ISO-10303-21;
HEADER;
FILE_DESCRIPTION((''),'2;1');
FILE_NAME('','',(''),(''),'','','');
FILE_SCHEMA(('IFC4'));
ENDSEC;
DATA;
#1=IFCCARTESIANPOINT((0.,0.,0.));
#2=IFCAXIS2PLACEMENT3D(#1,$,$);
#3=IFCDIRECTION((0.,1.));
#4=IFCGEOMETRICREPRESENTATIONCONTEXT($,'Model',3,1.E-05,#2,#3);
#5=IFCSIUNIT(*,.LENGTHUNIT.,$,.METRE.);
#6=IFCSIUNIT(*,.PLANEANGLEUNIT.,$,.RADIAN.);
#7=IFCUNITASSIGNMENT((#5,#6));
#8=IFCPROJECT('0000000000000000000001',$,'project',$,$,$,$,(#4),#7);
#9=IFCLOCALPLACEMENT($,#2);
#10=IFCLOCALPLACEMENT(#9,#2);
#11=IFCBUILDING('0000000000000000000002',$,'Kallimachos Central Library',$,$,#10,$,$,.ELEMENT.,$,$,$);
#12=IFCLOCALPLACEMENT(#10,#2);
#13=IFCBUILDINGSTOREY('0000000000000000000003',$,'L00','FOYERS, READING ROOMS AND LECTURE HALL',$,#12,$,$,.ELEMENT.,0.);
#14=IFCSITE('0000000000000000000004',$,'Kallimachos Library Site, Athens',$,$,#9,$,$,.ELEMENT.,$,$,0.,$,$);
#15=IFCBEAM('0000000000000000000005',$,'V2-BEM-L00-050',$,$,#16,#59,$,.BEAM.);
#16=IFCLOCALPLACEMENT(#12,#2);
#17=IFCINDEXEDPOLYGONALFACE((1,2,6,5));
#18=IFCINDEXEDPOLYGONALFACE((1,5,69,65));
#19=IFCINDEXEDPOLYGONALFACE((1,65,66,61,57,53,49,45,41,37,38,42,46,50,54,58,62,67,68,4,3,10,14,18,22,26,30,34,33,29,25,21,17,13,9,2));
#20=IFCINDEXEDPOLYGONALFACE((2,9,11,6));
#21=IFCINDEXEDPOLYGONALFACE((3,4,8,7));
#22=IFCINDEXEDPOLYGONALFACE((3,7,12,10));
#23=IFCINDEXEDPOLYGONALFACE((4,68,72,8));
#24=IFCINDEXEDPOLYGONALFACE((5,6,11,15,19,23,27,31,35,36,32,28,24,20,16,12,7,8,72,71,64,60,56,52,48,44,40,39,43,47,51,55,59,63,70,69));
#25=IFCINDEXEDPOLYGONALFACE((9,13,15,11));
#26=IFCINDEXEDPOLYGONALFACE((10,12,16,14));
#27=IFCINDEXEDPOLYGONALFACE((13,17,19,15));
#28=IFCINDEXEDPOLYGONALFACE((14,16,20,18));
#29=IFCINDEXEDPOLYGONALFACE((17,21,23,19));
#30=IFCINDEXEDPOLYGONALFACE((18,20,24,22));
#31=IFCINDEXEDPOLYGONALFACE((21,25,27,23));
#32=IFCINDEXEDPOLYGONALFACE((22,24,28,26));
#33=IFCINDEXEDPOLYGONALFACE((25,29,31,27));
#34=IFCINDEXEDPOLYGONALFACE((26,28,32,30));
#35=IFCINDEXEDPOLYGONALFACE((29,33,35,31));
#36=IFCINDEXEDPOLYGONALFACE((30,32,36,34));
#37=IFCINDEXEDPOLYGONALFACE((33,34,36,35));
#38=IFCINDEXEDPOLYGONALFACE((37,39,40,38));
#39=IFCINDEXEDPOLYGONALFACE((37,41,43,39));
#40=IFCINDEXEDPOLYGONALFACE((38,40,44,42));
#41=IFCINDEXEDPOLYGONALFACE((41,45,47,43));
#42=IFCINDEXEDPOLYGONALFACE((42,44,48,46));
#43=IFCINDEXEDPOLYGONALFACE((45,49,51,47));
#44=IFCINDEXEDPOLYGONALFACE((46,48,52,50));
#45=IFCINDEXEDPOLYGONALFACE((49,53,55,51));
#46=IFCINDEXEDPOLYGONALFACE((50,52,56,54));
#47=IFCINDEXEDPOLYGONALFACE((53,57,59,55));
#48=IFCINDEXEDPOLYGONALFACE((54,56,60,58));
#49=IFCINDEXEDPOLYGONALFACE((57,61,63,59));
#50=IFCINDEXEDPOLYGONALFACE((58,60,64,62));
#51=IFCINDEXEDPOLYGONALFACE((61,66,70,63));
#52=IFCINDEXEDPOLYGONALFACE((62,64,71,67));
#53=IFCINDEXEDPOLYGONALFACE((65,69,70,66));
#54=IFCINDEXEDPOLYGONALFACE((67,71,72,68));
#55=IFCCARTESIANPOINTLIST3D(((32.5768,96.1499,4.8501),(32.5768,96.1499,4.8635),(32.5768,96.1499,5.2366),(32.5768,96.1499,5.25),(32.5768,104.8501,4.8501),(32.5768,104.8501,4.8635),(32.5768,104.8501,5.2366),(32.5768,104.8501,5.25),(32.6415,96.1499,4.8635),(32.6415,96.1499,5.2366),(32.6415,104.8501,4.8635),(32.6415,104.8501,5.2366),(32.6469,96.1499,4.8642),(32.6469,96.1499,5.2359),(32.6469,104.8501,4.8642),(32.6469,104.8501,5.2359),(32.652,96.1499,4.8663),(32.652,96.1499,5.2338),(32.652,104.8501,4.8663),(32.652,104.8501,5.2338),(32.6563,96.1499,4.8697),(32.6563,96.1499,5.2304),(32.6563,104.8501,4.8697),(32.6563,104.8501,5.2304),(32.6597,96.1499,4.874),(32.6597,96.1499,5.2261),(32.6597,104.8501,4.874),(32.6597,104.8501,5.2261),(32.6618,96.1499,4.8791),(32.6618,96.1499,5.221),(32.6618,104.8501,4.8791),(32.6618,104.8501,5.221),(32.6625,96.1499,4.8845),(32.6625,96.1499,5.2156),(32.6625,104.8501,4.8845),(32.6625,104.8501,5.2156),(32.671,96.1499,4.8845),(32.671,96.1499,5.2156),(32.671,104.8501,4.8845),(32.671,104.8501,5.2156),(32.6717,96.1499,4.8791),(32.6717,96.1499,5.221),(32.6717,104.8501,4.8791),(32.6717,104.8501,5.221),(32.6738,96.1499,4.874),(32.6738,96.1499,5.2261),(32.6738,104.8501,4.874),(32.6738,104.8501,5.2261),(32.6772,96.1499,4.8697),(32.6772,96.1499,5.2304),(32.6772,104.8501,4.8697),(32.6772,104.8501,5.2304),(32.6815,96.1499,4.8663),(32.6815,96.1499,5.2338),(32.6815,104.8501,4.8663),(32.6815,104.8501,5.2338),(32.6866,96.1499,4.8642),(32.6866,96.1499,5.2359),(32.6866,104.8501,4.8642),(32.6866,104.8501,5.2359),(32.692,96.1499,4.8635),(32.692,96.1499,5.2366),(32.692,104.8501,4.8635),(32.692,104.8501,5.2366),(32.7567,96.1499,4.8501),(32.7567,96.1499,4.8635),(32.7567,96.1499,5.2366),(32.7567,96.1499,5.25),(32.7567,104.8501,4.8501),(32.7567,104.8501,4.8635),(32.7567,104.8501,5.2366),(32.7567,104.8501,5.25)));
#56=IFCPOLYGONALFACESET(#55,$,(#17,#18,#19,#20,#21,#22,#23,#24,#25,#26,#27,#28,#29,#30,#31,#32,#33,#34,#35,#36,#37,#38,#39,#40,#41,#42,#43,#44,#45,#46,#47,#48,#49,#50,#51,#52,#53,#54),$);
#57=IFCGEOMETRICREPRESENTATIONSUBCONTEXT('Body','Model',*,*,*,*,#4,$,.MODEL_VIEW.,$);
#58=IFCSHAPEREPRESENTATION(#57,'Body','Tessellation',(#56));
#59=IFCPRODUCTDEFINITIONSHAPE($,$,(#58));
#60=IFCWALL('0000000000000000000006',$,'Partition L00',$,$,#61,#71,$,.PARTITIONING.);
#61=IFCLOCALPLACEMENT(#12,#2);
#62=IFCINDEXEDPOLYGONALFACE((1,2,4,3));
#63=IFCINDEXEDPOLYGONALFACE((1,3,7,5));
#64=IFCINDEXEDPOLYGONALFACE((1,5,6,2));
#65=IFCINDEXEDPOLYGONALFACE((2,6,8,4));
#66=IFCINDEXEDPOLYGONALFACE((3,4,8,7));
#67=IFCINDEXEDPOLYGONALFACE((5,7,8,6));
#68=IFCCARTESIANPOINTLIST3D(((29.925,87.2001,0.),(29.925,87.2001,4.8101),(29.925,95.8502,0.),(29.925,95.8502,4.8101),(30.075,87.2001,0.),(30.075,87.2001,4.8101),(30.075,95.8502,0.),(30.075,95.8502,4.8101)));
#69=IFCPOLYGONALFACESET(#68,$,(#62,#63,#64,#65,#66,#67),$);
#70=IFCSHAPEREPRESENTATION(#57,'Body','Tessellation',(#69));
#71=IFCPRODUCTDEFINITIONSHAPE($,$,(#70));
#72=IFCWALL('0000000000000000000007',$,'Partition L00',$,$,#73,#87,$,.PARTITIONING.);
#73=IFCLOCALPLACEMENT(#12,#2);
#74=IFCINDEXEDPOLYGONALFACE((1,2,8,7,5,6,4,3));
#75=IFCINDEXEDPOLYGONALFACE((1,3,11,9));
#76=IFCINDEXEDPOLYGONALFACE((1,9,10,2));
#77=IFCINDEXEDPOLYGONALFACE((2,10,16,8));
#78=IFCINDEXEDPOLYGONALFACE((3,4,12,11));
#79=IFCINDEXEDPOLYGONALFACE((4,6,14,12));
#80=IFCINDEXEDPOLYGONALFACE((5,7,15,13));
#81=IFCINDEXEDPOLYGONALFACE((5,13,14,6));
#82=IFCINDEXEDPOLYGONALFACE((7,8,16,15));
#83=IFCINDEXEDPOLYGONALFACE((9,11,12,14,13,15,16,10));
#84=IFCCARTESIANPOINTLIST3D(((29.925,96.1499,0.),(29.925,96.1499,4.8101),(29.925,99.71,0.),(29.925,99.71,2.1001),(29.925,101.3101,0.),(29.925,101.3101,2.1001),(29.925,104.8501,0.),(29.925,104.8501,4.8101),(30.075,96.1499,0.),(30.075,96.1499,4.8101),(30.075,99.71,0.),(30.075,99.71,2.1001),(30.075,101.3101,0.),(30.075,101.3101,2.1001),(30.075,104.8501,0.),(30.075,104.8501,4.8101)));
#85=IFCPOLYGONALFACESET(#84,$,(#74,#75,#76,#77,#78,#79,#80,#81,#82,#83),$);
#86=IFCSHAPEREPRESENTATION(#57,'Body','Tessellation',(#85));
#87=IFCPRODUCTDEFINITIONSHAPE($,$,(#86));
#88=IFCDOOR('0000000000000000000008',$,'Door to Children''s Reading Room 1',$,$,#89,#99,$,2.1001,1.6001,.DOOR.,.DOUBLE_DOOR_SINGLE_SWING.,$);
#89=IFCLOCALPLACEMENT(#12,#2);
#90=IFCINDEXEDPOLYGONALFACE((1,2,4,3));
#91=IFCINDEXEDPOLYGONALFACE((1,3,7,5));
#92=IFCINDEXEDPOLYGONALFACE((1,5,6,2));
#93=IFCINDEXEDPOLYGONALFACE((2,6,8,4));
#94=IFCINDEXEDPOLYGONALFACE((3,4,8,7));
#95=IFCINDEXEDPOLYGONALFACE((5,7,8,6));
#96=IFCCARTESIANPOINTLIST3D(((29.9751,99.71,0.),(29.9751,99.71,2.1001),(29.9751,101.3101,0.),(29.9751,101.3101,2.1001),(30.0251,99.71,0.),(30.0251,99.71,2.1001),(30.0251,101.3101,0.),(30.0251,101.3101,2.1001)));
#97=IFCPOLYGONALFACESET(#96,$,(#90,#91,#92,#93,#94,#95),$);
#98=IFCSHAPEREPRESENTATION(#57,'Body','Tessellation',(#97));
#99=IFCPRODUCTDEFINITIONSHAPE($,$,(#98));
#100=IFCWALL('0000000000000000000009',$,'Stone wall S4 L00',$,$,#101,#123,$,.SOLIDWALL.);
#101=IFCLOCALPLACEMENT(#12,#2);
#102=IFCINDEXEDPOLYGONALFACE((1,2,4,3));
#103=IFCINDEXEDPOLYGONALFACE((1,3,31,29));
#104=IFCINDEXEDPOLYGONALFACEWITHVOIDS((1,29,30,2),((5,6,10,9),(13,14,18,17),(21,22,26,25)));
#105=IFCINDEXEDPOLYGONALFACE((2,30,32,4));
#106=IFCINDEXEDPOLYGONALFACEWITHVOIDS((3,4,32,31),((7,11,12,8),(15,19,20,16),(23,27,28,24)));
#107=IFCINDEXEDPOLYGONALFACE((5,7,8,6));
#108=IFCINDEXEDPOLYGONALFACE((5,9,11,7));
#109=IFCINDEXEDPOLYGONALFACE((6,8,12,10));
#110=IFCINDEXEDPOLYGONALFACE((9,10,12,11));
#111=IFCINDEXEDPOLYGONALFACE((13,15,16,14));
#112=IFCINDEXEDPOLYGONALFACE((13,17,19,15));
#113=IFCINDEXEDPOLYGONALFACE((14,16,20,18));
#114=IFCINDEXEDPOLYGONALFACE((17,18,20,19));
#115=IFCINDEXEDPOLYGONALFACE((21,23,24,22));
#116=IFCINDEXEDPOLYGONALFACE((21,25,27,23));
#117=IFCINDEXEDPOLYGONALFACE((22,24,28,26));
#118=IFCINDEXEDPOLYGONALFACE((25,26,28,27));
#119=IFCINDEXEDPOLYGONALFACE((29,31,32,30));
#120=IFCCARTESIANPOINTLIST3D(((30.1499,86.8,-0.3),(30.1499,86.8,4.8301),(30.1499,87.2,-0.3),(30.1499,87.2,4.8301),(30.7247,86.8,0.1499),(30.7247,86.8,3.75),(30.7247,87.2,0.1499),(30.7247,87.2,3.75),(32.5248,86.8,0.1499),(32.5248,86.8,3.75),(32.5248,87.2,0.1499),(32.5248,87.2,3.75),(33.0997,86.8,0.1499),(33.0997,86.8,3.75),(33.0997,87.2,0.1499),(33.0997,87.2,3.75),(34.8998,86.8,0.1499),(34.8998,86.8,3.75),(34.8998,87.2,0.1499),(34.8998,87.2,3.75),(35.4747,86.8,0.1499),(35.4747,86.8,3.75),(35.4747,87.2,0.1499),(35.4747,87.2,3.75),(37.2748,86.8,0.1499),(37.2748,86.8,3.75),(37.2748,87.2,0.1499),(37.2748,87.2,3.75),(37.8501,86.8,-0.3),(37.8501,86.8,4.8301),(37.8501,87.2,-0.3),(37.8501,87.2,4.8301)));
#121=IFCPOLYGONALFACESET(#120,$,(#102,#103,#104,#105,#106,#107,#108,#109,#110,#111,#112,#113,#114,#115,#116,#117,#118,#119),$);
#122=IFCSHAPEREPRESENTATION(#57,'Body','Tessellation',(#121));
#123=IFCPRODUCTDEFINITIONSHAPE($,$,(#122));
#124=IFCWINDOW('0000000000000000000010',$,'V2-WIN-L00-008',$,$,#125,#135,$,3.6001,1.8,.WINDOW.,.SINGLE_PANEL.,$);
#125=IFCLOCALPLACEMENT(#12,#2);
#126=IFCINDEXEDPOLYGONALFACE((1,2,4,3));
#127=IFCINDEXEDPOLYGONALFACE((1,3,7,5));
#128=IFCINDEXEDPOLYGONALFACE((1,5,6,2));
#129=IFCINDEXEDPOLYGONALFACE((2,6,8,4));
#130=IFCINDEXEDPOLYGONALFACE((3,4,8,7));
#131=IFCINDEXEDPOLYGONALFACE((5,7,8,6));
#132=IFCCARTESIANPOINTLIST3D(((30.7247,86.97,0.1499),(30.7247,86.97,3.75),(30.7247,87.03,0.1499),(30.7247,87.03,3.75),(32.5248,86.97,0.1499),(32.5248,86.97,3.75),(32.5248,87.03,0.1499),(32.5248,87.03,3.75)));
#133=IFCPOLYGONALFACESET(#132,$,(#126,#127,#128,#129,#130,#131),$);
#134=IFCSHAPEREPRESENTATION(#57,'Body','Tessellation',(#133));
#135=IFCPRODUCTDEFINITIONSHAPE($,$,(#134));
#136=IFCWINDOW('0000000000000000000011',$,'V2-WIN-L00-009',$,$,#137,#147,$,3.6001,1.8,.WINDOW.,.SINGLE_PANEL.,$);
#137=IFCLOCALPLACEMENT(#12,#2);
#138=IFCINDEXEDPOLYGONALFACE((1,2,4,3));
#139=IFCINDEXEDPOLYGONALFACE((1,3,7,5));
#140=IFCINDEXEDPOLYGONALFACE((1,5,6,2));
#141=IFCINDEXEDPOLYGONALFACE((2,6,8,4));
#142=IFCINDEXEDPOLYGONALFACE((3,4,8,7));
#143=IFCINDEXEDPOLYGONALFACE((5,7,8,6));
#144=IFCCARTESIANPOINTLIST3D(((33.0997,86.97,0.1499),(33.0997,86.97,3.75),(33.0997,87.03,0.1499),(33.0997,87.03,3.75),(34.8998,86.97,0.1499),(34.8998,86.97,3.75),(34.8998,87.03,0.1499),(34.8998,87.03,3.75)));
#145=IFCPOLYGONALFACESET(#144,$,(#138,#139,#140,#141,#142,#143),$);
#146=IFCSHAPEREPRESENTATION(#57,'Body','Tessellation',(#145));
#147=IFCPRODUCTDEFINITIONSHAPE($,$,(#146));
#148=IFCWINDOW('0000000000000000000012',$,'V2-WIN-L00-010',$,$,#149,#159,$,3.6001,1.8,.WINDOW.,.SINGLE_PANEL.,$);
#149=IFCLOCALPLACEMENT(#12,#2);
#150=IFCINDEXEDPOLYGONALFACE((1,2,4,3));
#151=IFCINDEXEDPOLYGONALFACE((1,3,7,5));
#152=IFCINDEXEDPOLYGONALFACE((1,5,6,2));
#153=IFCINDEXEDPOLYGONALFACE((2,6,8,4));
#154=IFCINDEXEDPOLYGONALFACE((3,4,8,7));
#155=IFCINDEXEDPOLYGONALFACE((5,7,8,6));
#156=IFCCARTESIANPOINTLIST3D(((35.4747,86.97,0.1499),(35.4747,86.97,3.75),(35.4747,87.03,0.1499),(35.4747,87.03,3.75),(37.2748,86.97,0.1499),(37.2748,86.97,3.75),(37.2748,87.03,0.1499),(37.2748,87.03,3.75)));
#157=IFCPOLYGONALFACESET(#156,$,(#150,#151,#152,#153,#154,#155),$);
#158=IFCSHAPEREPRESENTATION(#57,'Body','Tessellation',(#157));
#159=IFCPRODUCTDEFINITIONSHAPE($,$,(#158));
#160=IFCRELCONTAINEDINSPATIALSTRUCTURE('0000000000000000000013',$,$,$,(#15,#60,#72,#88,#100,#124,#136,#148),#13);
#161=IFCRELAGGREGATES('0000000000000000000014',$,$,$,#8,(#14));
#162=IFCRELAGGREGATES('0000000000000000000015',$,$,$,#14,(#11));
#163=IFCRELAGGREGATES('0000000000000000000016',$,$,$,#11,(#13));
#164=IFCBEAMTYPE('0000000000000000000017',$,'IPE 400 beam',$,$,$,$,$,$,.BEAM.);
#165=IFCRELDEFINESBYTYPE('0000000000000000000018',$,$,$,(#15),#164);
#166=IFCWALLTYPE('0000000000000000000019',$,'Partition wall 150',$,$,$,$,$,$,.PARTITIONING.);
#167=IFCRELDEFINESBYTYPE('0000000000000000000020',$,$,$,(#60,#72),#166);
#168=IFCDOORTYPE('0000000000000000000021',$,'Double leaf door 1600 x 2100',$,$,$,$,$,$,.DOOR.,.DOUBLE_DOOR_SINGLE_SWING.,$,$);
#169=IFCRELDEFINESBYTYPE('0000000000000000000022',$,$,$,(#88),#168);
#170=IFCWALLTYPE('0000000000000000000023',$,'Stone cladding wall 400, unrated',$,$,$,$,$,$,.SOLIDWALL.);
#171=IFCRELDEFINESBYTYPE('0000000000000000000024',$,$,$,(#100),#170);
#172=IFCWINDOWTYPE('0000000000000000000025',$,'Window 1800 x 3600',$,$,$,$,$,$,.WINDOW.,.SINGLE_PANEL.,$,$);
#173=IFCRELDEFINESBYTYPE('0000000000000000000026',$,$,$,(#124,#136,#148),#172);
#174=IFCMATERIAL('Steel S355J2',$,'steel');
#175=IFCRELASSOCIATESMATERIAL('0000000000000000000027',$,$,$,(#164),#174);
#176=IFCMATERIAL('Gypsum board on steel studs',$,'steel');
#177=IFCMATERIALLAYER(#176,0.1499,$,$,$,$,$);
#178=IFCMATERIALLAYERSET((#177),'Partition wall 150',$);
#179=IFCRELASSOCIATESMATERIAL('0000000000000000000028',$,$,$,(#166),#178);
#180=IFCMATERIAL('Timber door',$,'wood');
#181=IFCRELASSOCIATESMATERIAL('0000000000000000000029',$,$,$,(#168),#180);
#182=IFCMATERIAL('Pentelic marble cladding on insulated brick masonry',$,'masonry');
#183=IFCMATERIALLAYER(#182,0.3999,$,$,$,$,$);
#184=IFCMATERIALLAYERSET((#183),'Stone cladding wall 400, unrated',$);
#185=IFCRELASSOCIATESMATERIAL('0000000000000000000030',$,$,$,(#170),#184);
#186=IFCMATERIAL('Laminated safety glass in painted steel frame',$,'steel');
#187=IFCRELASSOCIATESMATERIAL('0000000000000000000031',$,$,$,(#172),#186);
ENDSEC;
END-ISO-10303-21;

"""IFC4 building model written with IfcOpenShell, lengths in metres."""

from ifc_helpers import new_model, si_unit, direction, frame, frame_2d, origin, origin_2d, place, context, subcontext, project, spatial, rectangle, i_section, extrude, material, layer, layer_set, material_profile, profile_set, type_object, element, fill, save


model = new_model("IFC4")

# Units and contexts
model_context = context("Model", 3, precision=1e-05, world=origin(), true_north=direction((0.0, 1.0)))
body_context = subcontext(model_context, "Body", "Model", "MODEL_VIEW")
ifc_project = project(units=[si_unit("LENGTHUNIT", "METRE"), si_unit("PLANEANGLEUNIT", "RADIAN")], contexts=[model_context])

# Site, building, storey
site_placement = place(None, origin())
site = spatial("IfcSite", under=ifc_project, at=site_placement, Name="Kallimachos Library Site, Athens", CompositionType="ELEMENT", RefElevation=0.0)
building_placement = place(site_placement, origin())
building = spatial("IfcBuilding", under=site, at=building_placement, Name="Kallimachos Central Library", CompositionType="ELEMENT")
storey_placement = place(building_placement, origin())
storey = spatial("IfcBuildingStorey", under=building, at=storey_placement, Name="L00", Description="FOYERS, READING ROOMS AND LECTURE HALL", CompositionType="ELEMENT", Elevation=0.0)

# Beam
ifc_material_1 = material(Name="Steel S355J2", Category="steel")
ifc_material_profile_1 = material_profile(ifc_material_1, i_section(OverallWidth=0.1799, OverallDepth=0.3999, WebThickness=0.0085, FlangeThickness=0.0134, FilletRadius=0.021, at=origin_2d()), Name="IPE 400")
ifc_profile_set_1 = profile_set([ifc_material_profile_1], Name="Steel S355J2")
beam_type_1 = type_object("IfcBeamType", Name="IPE 400 beam", PredefinedType="BEAM", material=ifc_profile_set_1)
for number, where, z_axis, x_axis, name in (
    (1, (32.6667, 96.1499, 5.05), (0.0, 1.0, 0.0), (-1.0, 0.0, 0.0), "V2-BEM-L00-050"),
):
    element("IfcBeam", number, at=place(storey_placement, frame(where, z_axis=z_axis, x_axis=x_axis)), inside=storey, type_object=beam_type_1, Name=name, PredefinedType="BEAM", context=body_context, shape_type="SweptSolid", body=[
        extrude(i_section(OverallWidth=0.1799, OverallDepth=0.3999, WebThickness=0.0085, FlangeThickness=0.0134, FilletRadius=0.021, at=origin_2d()), origin(), (0.0, 0.0, 1.0), 8.7002),
    ])

# Wall
ifc_material_2 = material(Name="Gypsum board on steel studs", Category="steel")
ifc_layer_1 = layer(ifc_material_2, 0.1499)
ifc_layer_set_1 = layer_set([ifc_layer_1], Name="Partition wall 150")
wall_type_1 = type_object("IfcWallType", Name="Partition wall 150", PredefinedType="PARTITIONING", material=ifc_layer_set_1)
wall_1_placement = place(storey_placement, frame((30.0, 87.2, 0.0), z_axis=(0.0, 0.0, 1.0), x_axis=(0.0, 1.0, 0.0)))
element("IfcWall", 2, at=wall_1_placement, inside=storey, type_object=wall_type_1, Name="Partition L00", PredefinedType="PARTITIONING", context=body_context, shape_type="SweptSolid", body=[
    extrude(rectangle(XDim=8.6501, YDim=0.1499, at=frame_2d((4.3252, 0.0))), origin(), (0.0, 0.0, 1.0), 4.8101),
])

# Wall, opening, door
wall_2_placement = place(storey_placement, frame((30.0, 96.1499, 0.0), z_axis=(0.0, 0.0, 1.0), x_axis=(0.0, 1.0, 0.0)))
wall_2 = element("IfcWall", 3, at=wall_2_placement, inside=storey, type_object=wall_type_1, Name="Partition L00", PredefinedType="PARTITIONING", context=body_context, shape_type="SweptSolid", body=[
    extrude(rectangle(XDim=8.7002, YDim=0.1499, at=frame_2d((4.3501, 0.0))), origin(), (0.0, 0.0, 1.0), 4.8101),
])
opening_1_placement = place(wall_2_placement, frame((3.5601, 0.0, 0.0)))
opening_1 = element("IfcOpeningElement", 4, at=opening_1_placement, cuts=wall_2, PredefinedType="OPENING", context=body_context, shape_type="SweptSolid", body=[
    extrude(rectangle(XDim=1.6001, YDim=2.1001, at=frame_2d((0.8, 1.05))), frame((0.0, 0.085, 0.0), z_axis=(0.0, -1.0, 0.0), x_axis=(1.0, 0.0, 0.0)), (0.0, 0.0, 1.0), 0.1699),
])
ifc_material_3 = material(Name="Timber door", Category="wood")
door_type = type_object("IfcDoorType", Name="Double leaf door 1600 x 2100", OperationType="DOUBLE_DOOR_SINGLE_SWING", PredefinedType="DOOR", material=ifc_material_3)
door_placement = place(opening_1_placement, origin())
door = element("IfcDoor", 5, at=door_placement, inside=storey, type_object=door_type, Name="Door to Children's Reading Room 1", OperationType="DOUBLE_DOOR_SINGLE_SWING", OverallHeight=2.1001, OverallWidth=1.6001, PredefinedType="DOOR", context=body_context, shape_type="SweptSolid", body=[
    extrude(rectangle(XDim=1.6001, YDim=2.1001, at=frame_2d((0.8, 1.05))), frame((0.0, 0.0249, 0.0), z_axis=(0.0, -1.0, 0.0), x_axis=(1.0, 0.0, 0.0)), (0.0, 0.0, 1.0), 0.05),
])
fill(opening_1, door)

# Wall, openings, windows
ifc_material_4 = material(Name="Pentelic marble cladding on insulated brick masonry", Category="masonry")
ifc_layer_2 = layer(ifc_material_4, 0.3999)
ifc_layer_set_2 = layer_set([ifc_layer_2], Name="Stone cladding wall 400, unrated")
wall_type_2 = type_object("IfcWallType", Name="Stone cladding wall 400, unrated", PredefinedType="SOLIDWALL", material=ifc_layer_set_2)
wall_3_placement = place(storey_placement, frame((30.1499, 87.0, -0.3), z_axis=(0.0, 0.0, 1.0), x_axis=(1.0, 0.0, 0.0)))
wall_3 = element("IfcWall", 6, at=wall_3_placement, inside=storey, type_object=wall_type_2, Name="Stone wall S4 L00", PredefinedType="SOLIDWALL", context=body_context, shape_type="SweptSolid", body=[
    extrude(rectangle(XDim=7.7002, YDim=0.3999, at=frame_2d((3.8501, 0.0))), origin(), (0.0, 0.0, 1.0), 5.1301),
])
opening_2_placement = place(wall_3_placement, frame((0.575, 0.0, 0.45)))
opening_2 = element("IfcOpeningElement", 7, at=opening_2_placement, cuts=wall_3, PredefinedType="OPENING", context=body_context, shape_type="SweptSolid", body=[
    extrude(rectangle(XDim=1.8, YDim=3.6001, at=frame_2d((0.8999, 1.8))), frame((0.0, 0.21, 0.0), z_axis=(0.0, -1.0, 0.0), x_axis=(1.0, 0.0, 0.0)), (0.0, 0.0, 1.0), 0.4199),
])
opening_3_placement = place(wall_3_placement, frame((2.95, 0.0, 0.45)))
opening_3 = element("IfcOpeningElement", 8, at=opening_3_placement, cuts=wall_3, PredefinedType="OPENING", context=body_context, shape_type="SweptSolid", body=[
    extrude(rectangle(XDim=1.8, YDim=3.6001, at=frame_2d((0.8999, 1.8))), frame((0.0, 0.21, 0.0), z_axis=(0.0, -1.0, 0.0), x_axis=(1.0, 0.0, 0.0)), (0.0, 0.0, 1.0), 0.4199),
])
opening_4_placement = place(wall_3_placement, frame((5.325, 0.0, 0.45)))
opening_4 = element("IfcOpeningElement", 9, at=opening_4_placement, cuts=wall_3, PredefinedType="OPENING", context=body_context, shape_type="SweptSolid", body=[
    extrude(rectangle(XDim=1.8, YDim=3.6001, at=frame_2d((0.8999, 1.8))), frame((0.0, 0.21, 0.0), z_axis=(0.0, -1.0, 0.0), x_axis=(1.0, 0.0, 0.0)), (0.0, 0.0, 1.0), 0.4199),
])
ifc_material_5 = material(Name="Laminated safety glass in painted steel frame", Category="steel")
window_type = type_object("IfcWindowType", Name="Window 1800 x 3600", PartitioningType="SINGLE_PANEL", PredefinedType="WINDOW", material=ifc_material_5)
window_1_placement = place(opening_2_placement, origin())
window_1 = element("IfcWindow", 10, at=window_1_placement, inside=storey, type_object=window_type, Name="V2-WIN-L00-008", OverallHeight=3.6001, OverallWidth=1.8, PartitioningType="SINGLE_PANEL", PredefinedType="WINDOW", context=body_context, shape_type="SweptSolid", body=[
    extrude(rectangle(XDim=1.8, YDim=3.6001, at=frame_2d((0.8999, 1.8))), frame((0.0, 0.03, 0.0), z_axis=(0.0, -1.0, 0.0), x_axis=(1.0, 0.0, 0.0)), (0.0, 0.0, 1.0), 0.0601),
])
fill(opening_2, window_1)
window_2_placement = place(opening_3_placement, origin())
window_2 = element("IfcWindow", 11, at=window_2_placement, inside=storey, type_object=window_type, Name="V2-WIN-L00-009", OverallHeight=3.6001, OverallWidth=1.8, PartitioningType="SINGLE_PANEL", PredefinedType="WINDOW", context=body_context, shape_type="SweptSolid", body=[
    extrude(rectangle(XDim=1.8, YDim=3.6001, at=frame_2d((0.8999, 1.8))), frame((0.0, 0.03, 0.0), z_axis=(0.0, -1.0, 0.0), x_axis=(1.0, 0.0, 0.0)), (0.0, 0.0, 1.0), 0.0601),
])
fill(opening_3, window_2)
window_3_placement = place(opening_4_placement, origin())
window_3 = element("IfcWindow", 12, at=window_3_placement, inside=storey, type_object=window_type, Name="V2-WIN-L00-010", OverallHeight=3.6001, OverallWidth=1.8, PartitioningType="SINGLE_PANEL", PredefinedType="WINDOW", context=body_context, shape_type="SweptSolid", body=[
    extrude(rectangle(XDim=1.8, YDim=3.6001, at=frame_2d((0.8999, 1.8))), frame((0.0, 0.03, 0.0), z_axis=(0.0, -1.0, 0.0), x_axis=(1.0, 0.0, 0.0)), (0.0, 0.0, 1.0), 0.0601),
])
fill(opening_4, window_3)

save(model, "model.ifc")
